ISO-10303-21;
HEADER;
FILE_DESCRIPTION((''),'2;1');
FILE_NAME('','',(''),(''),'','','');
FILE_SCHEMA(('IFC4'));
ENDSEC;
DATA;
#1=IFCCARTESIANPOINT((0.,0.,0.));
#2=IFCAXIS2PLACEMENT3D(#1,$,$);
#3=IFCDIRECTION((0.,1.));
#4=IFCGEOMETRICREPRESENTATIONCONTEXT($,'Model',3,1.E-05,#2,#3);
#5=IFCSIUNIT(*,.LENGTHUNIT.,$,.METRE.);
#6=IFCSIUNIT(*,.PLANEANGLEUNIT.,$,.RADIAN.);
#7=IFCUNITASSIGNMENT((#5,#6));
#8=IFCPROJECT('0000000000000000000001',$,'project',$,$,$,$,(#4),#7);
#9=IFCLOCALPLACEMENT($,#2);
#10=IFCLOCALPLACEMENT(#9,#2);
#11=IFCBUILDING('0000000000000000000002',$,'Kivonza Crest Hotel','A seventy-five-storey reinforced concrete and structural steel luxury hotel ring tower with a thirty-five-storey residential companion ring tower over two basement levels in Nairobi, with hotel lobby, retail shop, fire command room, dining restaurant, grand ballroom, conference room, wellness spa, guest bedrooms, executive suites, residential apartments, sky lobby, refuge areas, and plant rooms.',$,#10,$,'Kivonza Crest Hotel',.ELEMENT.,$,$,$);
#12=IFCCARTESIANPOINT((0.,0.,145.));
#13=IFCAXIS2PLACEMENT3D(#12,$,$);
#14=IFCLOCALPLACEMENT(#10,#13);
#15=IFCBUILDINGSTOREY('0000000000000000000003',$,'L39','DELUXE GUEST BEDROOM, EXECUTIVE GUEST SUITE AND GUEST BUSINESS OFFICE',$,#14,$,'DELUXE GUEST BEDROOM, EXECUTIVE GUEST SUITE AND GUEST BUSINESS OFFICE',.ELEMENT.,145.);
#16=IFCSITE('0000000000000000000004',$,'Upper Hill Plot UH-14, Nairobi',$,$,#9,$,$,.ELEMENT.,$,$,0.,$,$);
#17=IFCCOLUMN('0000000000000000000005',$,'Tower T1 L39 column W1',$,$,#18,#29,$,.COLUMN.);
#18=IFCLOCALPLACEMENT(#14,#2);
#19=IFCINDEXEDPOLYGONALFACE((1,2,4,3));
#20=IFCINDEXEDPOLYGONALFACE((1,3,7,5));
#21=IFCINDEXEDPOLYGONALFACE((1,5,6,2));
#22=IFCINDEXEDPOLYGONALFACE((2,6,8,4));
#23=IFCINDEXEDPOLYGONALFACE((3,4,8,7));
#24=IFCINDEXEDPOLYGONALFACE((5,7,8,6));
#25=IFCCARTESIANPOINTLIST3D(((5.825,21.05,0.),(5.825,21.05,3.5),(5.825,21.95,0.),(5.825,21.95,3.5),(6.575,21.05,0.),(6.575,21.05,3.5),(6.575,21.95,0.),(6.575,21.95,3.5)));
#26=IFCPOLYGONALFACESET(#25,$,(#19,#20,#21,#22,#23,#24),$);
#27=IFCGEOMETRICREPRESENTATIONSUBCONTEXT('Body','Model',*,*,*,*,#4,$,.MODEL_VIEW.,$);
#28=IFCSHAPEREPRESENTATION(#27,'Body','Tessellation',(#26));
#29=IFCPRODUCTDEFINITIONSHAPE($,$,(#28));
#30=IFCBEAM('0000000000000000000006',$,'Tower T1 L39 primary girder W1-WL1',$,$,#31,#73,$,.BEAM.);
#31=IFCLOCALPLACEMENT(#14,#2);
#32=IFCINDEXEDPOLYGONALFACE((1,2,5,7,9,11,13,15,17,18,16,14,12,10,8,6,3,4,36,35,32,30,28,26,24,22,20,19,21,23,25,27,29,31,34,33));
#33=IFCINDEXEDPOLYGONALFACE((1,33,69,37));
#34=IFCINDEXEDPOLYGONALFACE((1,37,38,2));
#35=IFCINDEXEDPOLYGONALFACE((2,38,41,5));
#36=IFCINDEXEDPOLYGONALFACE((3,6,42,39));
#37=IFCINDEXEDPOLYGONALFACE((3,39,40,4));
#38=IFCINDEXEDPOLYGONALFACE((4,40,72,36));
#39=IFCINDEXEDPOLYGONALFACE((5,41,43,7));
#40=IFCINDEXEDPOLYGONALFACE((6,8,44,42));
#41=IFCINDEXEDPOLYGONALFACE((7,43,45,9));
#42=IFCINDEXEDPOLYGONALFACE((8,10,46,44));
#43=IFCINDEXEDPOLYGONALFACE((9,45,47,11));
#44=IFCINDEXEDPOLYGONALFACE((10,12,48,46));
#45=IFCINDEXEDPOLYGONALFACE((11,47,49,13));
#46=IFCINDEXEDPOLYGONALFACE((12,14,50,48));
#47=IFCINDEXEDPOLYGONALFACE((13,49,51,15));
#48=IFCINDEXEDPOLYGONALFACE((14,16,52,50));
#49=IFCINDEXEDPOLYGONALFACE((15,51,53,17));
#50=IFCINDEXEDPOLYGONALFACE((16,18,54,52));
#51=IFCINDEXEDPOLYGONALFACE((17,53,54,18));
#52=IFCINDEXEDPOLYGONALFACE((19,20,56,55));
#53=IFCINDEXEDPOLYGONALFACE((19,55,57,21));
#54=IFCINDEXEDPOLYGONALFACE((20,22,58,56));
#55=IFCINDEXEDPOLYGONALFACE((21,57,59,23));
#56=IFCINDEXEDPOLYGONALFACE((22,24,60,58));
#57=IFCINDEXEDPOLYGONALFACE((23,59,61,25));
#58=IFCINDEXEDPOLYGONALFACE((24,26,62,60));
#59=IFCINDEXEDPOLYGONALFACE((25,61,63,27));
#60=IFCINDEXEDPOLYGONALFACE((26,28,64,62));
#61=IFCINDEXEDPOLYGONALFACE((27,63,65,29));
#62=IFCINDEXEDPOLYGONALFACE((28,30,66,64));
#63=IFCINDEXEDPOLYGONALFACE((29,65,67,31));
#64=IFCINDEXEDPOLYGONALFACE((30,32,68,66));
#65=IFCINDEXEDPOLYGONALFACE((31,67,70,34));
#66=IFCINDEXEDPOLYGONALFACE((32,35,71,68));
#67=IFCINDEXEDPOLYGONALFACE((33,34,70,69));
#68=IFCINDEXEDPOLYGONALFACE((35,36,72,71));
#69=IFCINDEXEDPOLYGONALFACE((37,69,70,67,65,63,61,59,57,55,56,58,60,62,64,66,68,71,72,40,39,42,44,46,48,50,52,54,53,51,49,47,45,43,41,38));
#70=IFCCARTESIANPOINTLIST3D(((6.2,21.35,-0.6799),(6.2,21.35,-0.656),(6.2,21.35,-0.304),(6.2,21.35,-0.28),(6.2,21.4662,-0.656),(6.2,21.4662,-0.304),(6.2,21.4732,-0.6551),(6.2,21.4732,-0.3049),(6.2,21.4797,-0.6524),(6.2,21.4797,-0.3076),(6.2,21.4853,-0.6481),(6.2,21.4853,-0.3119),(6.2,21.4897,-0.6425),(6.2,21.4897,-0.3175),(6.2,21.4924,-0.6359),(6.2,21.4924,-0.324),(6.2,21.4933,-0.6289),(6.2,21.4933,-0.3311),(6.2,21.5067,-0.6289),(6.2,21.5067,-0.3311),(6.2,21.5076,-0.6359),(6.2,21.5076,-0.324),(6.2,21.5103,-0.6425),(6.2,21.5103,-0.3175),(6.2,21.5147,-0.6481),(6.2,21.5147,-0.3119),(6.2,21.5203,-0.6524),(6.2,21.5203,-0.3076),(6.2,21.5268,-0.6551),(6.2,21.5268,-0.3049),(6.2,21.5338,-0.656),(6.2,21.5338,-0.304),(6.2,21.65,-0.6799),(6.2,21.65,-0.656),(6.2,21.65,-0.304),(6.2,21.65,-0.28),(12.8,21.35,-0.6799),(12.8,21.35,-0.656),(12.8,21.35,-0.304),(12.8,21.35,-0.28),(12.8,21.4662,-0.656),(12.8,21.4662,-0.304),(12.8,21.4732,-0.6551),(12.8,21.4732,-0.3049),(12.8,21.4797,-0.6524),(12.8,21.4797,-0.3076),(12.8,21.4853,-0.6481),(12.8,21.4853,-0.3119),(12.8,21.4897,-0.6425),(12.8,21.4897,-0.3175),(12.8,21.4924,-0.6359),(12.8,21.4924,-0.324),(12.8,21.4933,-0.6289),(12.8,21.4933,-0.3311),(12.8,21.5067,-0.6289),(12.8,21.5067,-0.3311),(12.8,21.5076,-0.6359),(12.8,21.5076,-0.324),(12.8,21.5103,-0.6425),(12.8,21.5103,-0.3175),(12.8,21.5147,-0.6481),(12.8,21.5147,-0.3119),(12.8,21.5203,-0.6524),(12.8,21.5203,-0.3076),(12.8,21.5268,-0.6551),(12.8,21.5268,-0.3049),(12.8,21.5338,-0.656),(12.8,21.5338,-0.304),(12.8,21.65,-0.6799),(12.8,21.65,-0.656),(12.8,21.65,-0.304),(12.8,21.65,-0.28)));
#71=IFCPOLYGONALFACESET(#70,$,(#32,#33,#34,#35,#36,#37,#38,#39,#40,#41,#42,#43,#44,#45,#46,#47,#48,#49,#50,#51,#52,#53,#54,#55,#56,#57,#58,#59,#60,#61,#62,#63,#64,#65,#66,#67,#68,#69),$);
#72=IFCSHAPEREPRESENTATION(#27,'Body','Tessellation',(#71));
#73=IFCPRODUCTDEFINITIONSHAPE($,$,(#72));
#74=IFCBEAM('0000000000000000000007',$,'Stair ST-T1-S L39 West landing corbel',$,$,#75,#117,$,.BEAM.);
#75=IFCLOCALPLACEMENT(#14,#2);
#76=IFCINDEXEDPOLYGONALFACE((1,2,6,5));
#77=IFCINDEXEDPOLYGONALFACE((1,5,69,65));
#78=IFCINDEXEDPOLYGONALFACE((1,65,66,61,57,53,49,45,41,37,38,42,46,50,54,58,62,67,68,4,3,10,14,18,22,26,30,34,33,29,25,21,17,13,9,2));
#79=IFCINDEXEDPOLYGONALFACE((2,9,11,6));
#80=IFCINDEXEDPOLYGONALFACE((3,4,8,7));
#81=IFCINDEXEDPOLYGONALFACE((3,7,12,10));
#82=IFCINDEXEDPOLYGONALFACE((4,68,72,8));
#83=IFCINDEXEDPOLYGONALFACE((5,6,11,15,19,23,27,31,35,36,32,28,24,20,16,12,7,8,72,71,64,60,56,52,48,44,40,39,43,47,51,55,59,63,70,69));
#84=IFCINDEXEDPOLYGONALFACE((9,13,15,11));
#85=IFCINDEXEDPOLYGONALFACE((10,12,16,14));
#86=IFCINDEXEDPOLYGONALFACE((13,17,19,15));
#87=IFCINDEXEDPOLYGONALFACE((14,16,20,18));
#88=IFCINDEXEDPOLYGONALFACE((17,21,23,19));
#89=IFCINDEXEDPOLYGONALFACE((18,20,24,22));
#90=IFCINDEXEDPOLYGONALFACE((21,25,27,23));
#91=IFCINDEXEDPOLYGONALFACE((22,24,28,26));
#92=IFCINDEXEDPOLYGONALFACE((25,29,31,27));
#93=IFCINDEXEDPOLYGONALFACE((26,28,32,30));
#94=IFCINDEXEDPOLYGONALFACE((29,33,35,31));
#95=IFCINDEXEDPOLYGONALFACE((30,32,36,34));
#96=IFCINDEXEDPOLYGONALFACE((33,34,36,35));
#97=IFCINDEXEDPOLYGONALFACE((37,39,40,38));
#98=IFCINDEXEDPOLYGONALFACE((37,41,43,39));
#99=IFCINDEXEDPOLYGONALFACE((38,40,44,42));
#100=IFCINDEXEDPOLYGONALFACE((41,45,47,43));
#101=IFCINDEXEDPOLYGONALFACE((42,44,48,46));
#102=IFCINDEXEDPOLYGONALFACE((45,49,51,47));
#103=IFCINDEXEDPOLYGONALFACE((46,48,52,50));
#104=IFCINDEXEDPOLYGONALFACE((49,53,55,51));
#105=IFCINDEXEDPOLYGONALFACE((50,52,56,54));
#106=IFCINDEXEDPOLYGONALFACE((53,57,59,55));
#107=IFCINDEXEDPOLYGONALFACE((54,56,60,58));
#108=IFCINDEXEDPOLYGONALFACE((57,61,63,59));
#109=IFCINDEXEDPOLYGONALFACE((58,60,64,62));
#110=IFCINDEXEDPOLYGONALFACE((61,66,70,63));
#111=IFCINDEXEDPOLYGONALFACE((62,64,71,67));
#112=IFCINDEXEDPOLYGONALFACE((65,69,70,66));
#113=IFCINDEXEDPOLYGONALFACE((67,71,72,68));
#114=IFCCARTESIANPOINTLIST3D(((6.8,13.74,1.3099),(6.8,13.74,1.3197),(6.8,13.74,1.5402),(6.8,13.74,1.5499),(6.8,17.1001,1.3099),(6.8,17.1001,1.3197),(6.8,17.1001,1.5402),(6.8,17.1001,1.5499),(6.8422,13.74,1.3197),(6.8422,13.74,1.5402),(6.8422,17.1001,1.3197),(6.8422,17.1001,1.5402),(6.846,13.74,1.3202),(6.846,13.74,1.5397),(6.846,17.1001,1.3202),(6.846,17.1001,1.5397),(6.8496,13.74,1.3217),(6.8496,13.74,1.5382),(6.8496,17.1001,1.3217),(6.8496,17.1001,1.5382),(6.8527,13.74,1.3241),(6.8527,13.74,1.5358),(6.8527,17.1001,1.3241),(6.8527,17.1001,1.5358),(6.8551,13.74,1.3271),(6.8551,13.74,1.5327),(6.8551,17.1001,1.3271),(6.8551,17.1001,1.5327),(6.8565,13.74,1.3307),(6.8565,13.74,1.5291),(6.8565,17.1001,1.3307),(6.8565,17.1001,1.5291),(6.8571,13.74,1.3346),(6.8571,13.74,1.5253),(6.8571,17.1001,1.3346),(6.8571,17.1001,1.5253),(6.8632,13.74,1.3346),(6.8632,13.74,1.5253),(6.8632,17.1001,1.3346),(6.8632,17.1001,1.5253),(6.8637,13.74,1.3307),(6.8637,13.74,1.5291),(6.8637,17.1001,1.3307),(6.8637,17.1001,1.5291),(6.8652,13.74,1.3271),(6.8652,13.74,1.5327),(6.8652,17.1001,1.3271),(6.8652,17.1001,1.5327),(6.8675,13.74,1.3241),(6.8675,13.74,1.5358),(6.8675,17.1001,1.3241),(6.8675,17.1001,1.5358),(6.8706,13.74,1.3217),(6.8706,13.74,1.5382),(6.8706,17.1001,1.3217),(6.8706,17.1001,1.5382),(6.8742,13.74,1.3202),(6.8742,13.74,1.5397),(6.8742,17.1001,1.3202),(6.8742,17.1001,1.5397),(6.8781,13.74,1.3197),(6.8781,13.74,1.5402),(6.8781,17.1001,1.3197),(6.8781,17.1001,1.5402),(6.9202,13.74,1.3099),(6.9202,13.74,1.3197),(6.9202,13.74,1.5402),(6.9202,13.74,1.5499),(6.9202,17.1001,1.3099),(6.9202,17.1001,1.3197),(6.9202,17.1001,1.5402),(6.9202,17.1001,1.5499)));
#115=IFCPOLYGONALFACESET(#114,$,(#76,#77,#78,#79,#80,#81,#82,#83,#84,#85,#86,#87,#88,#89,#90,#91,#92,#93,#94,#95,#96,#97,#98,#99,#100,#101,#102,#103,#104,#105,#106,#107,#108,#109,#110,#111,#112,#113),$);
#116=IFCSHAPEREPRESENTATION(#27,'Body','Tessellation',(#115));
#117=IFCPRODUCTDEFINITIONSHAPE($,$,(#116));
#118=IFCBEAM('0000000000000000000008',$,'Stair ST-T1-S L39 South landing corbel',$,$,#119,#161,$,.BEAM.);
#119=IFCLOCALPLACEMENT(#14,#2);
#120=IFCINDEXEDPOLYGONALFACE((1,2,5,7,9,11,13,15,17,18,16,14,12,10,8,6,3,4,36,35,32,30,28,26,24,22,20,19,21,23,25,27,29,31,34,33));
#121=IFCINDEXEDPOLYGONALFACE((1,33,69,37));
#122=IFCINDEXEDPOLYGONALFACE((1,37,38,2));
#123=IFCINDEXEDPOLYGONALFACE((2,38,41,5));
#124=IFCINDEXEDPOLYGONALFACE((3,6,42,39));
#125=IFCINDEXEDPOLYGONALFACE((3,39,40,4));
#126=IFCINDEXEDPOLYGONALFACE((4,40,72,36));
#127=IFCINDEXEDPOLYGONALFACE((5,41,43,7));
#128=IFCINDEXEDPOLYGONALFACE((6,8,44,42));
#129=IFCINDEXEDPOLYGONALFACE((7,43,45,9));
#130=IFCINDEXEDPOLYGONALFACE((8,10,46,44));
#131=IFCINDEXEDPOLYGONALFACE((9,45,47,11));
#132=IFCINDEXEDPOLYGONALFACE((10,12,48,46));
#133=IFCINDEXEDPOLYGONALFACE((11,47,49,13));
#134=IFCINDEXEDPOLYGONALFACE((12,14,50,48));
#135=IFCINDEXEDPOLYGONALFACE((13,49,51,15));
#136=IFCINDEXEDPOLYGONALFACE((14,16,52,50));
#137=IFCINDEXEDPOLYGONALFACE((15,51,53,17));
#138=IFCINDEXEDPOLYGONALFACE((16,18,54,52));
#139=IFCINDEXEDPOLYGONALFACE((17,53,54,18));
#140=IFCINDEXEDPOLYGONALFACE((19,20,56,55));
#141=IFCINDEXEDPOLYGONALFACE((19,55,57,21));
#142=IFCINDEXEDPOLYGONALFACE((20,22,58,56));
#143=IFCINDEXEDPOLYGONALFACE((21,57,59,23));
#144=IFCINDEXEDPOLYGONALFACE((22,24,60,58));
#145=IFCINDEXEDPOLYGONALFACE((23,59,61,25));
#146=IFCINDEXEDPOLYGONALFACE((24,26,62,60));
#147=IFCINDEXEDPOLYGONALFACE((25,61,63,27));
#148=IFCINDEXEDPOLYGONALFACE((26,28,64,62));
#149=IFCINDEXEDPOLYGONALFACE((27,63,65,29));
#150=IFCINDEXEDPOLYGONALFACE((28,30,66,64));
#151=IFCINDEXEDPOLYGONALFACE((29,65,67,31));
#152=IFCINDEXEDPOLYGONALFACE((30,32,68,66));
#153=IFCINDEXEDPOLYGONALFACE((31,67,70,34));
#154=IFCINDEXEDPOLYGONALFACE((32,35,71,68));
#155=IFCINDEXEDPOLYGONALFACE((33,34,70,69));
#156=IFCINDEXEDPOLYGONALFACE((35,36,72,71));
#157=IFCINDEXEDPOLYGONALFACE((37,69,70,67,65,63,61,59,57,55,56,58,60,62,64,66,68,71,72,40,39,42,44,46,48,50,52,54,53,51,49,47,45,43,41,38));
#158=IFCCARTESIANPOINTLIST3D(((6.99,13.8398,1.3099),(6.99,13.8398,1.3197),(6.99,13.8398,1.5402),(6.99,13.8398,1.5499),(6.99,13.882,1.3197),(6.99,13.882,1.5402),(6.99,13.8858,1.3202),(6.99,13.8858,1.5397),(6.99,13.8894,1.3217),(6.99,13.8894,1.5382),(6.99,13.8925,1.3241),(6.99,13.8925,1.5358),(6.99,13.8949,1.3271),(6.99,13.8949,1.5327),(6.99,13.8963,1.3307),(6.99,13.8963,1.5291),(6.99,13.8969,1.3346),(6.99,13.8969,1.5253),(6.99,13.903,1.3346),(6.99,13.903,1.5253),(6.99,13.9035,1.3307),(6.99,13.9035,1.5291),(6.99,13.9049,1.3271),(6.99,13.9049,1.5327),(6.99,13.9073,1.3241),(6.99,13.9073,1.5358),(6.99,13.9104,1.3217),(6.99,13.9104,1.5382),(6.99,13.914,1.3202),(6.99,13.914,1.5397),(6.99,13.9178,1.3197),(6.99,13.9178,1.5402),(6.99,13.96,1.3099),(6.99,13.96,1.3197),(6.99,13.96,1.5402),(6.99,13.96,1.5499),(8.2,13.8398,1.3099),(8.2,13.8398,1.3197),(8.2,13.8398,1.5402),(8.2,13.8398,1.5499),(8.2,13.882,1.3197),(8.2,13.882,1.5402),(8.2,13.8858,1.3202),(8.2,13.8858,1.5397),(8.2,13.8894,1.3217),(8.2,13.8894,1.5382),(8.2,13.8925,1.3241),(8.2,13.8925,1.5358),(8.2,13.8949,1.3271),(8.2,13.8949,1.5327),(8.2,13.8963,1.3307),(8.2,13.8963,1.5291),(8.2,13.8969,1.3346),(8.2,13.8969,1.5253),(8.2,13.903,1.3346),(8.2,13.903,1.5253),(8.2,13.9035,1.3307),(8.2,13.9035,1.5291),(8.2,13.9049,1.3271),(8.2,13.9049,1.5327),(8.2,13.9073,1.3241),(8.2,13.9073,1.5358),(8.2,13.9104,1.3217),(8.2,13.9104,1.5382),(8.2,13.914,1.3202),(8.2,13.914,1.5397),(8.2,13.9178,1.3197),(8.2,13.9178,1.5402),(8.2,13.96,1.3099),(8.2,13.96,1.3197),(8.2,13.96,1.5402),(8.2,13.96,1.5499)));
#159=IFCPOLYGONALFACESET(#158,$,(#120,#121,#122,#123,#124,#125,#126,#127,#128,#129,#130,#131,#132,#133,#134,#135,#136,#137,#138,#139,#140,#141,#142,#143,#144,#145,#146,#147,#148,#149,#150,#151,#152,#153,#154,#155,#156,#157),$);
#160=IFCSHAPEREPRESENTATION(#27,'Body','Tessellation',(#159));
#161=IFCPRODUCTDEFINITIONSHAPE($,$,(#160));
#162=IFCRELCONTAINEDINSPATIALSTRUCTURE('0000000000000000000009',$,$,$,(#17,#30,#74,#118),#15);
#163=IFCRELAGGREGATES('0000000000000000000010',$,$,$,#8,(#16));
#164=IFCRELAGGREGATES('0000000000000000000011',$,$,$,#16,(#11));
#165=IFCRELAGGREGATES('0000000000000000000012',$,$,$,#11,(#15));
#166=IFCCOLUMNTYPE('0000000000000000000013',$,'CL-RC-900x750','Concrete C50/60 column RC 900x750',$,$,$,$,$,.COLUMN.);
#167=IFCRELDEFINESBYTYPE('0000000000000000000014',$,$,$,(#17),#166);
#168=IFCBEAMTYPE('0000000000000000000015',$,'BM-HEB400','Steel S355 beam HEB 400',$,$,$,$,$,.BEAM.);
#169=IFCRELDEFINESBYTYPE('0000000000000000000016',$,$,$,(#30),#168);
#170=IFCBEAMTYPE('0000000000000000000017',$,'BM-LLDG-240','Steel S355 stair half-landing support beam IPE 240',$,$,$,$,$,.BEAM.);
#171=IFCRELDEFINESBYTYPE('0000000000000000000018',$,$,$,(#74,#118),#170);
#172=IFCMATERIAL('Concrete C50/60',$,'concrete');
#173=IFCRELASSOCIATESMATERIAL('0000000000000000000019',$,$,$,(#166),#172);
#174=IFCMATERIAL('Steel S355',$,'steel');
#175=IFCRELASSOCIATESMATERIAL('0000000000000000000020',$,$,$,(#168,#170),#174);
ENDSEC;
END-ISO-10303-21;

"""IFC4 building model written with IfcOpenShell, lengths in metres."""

from ifc_helpers import new_model, si_unit, direction, frame, origin, origin_2d, place, context, subcontext, project, spatial, rectangle, i_section, extrude, material, material_profile, profile_set, type_object, element, save


model = new_model("IFC4")

# Units and contexts
model_context = context("Model", 3, precision=1e-05, world=origin(), true_north=direction((0.0, 1.0)))
body_context = subcontext(model_context, "Body", "Model", "MODEL_VIEW")
ifc_project = project(units=[si_unit("LENGTHUNIT", "METRE"), si_unit("PLANEANGLEUNIT", "RADIAN")], contexts=[model_context])

# Site, building, storey
site_placement = place(None, origin())
site = spatial("IfcSite", under=ifc_project, at=site_placement, Name="Upper Hill Plot UH-14, Nairobi", CompositionType="ELEMENT", RefElevation=0.0)
building_placement = place(site_placement, origin())
building = spatial("IfcBuilding", under=site, at=building_placement, Name="Kivonza Crest Hotel", Description="A seventy-five-storey reinforced concrete and structural steel luxury hotel ring tower with a thirty-five-storey residential companion ring tower over two basement levels in Nairobi, with hotel lobby, retail shop, fire command room, dining restaurant, grand ballroom, conference room, wellness spa, guest bedrooms, executive suites, residential apartments, sky lobby, refuge areas, and plant rooms.", LongName="Kivonza Crest Hotel", CompositionType="ELEMENT")
storey_placement = place(building_placement, frame((0.0, 0.0, 145.0)))
storey = spatial("IfcBuildingStorey", under=building, at=storey_placement, Name="L39", Description="DELUXE GUEST BEDROOM, EXECUTIVE GUEST SUITE AND GUEST BUSINESS OFFICE", LongName="DELUXE GUEST BEDROOM, EXECUTIVE GUEST SUITE AND GUEST BUSINESS OFFICE", CompositionType="ELEMENT", Elevation=145.0)

# Column
ifc_material_1 = material(Name="Concrete C50/60", Category="concrete")
ifc_material_profile_1 = material_profile(ifc_material_1, rectangle(XDim=0.75, YDim=0.8999, at=origin_2d()), Name="RC 900x750")
ifc_profile_set_1 = profile_set([ifc_material_profile_1], Name="Concrete C50/60")
column_type = type_object("IfcColumnType", Name="CL-RC-900x750", Description="Concrete C50/60 column RC 900x750", PredefinedType="COLUMN", material=ifc_profile_set_1)
column_placement = place(storey_placement, frame((6.2, 21.5, 0.0), z_axis=(0.0, 0.0, 1.0), x_axis=(1.0, 0.0, 0.0)))
element("IfcColumn", 1, at=column_placement, inside=storey, type_object=column_type, Name="Tower T1 L39 column W1", PredefinedType="COLUMN", context=body_context, shape_type="SweptSolid", body=[
    extrude(rectangle(XDim=0.75, YDim=0.8999, at=origin_2d()), origin(), (0.0, 0.0, 1.0), 3.5),
])

# Beams
ifc_material_2 = material(Name="Steel S355", Category="steel")
ifc_material_profile_2 = material_profile(ifc_material_2, i_section(OverallWidth=0.3, OverallDepth=0.3999, WebThickness=0.0134, FlangeThickness=0.0239, FilletRadius=0.0271, at=origin_2d()), Name="HEB 400")
ifc_profile_set_2 = profile_set([ifc_material_profile_2], Name="Steel S355")
beam_type_1 = type_object("IfcBeamType", Name="BM-HEB400", Description="Steel S355 beam HEB 400", PredefinedType="BEAM", material=ifc_profile_set_2)
beam_1_placement = place(storey_placement, frame((6.2, 21.5, -0.48), z_axis=(1.0, 0.0, 0.0), x_axis=(0.0, 1.0, 0.0)))
element("IfcBeam", 2, at=beam_1_placement, inside=storey, type_object=beam_type_1, Name="Tower T1 L39 primary girder W1-WL1", PredefinedType="BEAM", context=body_context, shape_type="SweptSolid", body=[
    extrude(i_section(OverallWidth=0.3, OverallDepth=0.3999, WebThickness=0.0134, FlangeThickness=0.0239, FilletRadius=0.0271, at=origin_2d()), origin(), (0.0, 0.0, 1.0), 6.6001),
])
ifc_material_profile_3 = material_profile(ifc_material_2, i_section(OverallWidth=0.1201, OverallDepth=0.24, WebThickness=0.0061, FlangeThickness=0.0098, FilletRadius=0.0149, at=origin_2d()), Name="IPE 240")
ifc_profile_set_3 = profile_set([ifc_material_profile_3], Name="Steel S355")
beam_type_2 = type_object("IfcBeamType", Name="BM-LLDG-240", Description="Steel S355 stair half-landing support beam IPE 240", PredefinedType="BEAM", material=ifc_profile_set_3)
beam_2_placement = place(storey_placement, frame((6.8601, 13.74, 1.4299), z_axis=(0.0, 1.0, 0.0), x_axis=(-1.0, 0.0, 0.0)))
element("IfcBeam", 3, at=beam_2_placement, inside=storey, type_object=beam_type_2, Name="Stair ST-T1-S L39 West landing corbel", PredefinedType="BEAM", context=body_context, shape_type="SweptSolid", body=[
    extrude(i_section(OverallWidth=0.1201, OverallDepth=0.24, WebThickness=0.0061, FlangeThickness=0.0098, FilletRadius=0.0149, at=origin_2d()), origin(), (0.0, 0.0, 1.0), 3.3601),
])
for number, where, z_axis, x_axis, name in (
    (4, (6.99, 13.8999, 1.4299), (1.0, 0.0, 0.0), (0.0, 1.0, 0.0), "Stair ST-T1-S L39 South landing corbel"),
):
    element("IfcBeam", number, at=place(storey_placement, frame(where, z_axis=z_axis, x_axis=x_axis)), inside=storey, type_object=beam_type_2, Name=name, PredefinedType="BEAM", context=body_context, shape_type="SweptSolid", body=[
        extrude(i_section(OverallWidth=0.1201, OverallDepth=0.24, WebThickness=0.0061, FlangeThickness=0.0098, FilletRadius=0.0149, at=origin_2d()), origin(), (0.0, 0.0, 1.0), 1.21),
    ])

save(model, "model.ifc")
